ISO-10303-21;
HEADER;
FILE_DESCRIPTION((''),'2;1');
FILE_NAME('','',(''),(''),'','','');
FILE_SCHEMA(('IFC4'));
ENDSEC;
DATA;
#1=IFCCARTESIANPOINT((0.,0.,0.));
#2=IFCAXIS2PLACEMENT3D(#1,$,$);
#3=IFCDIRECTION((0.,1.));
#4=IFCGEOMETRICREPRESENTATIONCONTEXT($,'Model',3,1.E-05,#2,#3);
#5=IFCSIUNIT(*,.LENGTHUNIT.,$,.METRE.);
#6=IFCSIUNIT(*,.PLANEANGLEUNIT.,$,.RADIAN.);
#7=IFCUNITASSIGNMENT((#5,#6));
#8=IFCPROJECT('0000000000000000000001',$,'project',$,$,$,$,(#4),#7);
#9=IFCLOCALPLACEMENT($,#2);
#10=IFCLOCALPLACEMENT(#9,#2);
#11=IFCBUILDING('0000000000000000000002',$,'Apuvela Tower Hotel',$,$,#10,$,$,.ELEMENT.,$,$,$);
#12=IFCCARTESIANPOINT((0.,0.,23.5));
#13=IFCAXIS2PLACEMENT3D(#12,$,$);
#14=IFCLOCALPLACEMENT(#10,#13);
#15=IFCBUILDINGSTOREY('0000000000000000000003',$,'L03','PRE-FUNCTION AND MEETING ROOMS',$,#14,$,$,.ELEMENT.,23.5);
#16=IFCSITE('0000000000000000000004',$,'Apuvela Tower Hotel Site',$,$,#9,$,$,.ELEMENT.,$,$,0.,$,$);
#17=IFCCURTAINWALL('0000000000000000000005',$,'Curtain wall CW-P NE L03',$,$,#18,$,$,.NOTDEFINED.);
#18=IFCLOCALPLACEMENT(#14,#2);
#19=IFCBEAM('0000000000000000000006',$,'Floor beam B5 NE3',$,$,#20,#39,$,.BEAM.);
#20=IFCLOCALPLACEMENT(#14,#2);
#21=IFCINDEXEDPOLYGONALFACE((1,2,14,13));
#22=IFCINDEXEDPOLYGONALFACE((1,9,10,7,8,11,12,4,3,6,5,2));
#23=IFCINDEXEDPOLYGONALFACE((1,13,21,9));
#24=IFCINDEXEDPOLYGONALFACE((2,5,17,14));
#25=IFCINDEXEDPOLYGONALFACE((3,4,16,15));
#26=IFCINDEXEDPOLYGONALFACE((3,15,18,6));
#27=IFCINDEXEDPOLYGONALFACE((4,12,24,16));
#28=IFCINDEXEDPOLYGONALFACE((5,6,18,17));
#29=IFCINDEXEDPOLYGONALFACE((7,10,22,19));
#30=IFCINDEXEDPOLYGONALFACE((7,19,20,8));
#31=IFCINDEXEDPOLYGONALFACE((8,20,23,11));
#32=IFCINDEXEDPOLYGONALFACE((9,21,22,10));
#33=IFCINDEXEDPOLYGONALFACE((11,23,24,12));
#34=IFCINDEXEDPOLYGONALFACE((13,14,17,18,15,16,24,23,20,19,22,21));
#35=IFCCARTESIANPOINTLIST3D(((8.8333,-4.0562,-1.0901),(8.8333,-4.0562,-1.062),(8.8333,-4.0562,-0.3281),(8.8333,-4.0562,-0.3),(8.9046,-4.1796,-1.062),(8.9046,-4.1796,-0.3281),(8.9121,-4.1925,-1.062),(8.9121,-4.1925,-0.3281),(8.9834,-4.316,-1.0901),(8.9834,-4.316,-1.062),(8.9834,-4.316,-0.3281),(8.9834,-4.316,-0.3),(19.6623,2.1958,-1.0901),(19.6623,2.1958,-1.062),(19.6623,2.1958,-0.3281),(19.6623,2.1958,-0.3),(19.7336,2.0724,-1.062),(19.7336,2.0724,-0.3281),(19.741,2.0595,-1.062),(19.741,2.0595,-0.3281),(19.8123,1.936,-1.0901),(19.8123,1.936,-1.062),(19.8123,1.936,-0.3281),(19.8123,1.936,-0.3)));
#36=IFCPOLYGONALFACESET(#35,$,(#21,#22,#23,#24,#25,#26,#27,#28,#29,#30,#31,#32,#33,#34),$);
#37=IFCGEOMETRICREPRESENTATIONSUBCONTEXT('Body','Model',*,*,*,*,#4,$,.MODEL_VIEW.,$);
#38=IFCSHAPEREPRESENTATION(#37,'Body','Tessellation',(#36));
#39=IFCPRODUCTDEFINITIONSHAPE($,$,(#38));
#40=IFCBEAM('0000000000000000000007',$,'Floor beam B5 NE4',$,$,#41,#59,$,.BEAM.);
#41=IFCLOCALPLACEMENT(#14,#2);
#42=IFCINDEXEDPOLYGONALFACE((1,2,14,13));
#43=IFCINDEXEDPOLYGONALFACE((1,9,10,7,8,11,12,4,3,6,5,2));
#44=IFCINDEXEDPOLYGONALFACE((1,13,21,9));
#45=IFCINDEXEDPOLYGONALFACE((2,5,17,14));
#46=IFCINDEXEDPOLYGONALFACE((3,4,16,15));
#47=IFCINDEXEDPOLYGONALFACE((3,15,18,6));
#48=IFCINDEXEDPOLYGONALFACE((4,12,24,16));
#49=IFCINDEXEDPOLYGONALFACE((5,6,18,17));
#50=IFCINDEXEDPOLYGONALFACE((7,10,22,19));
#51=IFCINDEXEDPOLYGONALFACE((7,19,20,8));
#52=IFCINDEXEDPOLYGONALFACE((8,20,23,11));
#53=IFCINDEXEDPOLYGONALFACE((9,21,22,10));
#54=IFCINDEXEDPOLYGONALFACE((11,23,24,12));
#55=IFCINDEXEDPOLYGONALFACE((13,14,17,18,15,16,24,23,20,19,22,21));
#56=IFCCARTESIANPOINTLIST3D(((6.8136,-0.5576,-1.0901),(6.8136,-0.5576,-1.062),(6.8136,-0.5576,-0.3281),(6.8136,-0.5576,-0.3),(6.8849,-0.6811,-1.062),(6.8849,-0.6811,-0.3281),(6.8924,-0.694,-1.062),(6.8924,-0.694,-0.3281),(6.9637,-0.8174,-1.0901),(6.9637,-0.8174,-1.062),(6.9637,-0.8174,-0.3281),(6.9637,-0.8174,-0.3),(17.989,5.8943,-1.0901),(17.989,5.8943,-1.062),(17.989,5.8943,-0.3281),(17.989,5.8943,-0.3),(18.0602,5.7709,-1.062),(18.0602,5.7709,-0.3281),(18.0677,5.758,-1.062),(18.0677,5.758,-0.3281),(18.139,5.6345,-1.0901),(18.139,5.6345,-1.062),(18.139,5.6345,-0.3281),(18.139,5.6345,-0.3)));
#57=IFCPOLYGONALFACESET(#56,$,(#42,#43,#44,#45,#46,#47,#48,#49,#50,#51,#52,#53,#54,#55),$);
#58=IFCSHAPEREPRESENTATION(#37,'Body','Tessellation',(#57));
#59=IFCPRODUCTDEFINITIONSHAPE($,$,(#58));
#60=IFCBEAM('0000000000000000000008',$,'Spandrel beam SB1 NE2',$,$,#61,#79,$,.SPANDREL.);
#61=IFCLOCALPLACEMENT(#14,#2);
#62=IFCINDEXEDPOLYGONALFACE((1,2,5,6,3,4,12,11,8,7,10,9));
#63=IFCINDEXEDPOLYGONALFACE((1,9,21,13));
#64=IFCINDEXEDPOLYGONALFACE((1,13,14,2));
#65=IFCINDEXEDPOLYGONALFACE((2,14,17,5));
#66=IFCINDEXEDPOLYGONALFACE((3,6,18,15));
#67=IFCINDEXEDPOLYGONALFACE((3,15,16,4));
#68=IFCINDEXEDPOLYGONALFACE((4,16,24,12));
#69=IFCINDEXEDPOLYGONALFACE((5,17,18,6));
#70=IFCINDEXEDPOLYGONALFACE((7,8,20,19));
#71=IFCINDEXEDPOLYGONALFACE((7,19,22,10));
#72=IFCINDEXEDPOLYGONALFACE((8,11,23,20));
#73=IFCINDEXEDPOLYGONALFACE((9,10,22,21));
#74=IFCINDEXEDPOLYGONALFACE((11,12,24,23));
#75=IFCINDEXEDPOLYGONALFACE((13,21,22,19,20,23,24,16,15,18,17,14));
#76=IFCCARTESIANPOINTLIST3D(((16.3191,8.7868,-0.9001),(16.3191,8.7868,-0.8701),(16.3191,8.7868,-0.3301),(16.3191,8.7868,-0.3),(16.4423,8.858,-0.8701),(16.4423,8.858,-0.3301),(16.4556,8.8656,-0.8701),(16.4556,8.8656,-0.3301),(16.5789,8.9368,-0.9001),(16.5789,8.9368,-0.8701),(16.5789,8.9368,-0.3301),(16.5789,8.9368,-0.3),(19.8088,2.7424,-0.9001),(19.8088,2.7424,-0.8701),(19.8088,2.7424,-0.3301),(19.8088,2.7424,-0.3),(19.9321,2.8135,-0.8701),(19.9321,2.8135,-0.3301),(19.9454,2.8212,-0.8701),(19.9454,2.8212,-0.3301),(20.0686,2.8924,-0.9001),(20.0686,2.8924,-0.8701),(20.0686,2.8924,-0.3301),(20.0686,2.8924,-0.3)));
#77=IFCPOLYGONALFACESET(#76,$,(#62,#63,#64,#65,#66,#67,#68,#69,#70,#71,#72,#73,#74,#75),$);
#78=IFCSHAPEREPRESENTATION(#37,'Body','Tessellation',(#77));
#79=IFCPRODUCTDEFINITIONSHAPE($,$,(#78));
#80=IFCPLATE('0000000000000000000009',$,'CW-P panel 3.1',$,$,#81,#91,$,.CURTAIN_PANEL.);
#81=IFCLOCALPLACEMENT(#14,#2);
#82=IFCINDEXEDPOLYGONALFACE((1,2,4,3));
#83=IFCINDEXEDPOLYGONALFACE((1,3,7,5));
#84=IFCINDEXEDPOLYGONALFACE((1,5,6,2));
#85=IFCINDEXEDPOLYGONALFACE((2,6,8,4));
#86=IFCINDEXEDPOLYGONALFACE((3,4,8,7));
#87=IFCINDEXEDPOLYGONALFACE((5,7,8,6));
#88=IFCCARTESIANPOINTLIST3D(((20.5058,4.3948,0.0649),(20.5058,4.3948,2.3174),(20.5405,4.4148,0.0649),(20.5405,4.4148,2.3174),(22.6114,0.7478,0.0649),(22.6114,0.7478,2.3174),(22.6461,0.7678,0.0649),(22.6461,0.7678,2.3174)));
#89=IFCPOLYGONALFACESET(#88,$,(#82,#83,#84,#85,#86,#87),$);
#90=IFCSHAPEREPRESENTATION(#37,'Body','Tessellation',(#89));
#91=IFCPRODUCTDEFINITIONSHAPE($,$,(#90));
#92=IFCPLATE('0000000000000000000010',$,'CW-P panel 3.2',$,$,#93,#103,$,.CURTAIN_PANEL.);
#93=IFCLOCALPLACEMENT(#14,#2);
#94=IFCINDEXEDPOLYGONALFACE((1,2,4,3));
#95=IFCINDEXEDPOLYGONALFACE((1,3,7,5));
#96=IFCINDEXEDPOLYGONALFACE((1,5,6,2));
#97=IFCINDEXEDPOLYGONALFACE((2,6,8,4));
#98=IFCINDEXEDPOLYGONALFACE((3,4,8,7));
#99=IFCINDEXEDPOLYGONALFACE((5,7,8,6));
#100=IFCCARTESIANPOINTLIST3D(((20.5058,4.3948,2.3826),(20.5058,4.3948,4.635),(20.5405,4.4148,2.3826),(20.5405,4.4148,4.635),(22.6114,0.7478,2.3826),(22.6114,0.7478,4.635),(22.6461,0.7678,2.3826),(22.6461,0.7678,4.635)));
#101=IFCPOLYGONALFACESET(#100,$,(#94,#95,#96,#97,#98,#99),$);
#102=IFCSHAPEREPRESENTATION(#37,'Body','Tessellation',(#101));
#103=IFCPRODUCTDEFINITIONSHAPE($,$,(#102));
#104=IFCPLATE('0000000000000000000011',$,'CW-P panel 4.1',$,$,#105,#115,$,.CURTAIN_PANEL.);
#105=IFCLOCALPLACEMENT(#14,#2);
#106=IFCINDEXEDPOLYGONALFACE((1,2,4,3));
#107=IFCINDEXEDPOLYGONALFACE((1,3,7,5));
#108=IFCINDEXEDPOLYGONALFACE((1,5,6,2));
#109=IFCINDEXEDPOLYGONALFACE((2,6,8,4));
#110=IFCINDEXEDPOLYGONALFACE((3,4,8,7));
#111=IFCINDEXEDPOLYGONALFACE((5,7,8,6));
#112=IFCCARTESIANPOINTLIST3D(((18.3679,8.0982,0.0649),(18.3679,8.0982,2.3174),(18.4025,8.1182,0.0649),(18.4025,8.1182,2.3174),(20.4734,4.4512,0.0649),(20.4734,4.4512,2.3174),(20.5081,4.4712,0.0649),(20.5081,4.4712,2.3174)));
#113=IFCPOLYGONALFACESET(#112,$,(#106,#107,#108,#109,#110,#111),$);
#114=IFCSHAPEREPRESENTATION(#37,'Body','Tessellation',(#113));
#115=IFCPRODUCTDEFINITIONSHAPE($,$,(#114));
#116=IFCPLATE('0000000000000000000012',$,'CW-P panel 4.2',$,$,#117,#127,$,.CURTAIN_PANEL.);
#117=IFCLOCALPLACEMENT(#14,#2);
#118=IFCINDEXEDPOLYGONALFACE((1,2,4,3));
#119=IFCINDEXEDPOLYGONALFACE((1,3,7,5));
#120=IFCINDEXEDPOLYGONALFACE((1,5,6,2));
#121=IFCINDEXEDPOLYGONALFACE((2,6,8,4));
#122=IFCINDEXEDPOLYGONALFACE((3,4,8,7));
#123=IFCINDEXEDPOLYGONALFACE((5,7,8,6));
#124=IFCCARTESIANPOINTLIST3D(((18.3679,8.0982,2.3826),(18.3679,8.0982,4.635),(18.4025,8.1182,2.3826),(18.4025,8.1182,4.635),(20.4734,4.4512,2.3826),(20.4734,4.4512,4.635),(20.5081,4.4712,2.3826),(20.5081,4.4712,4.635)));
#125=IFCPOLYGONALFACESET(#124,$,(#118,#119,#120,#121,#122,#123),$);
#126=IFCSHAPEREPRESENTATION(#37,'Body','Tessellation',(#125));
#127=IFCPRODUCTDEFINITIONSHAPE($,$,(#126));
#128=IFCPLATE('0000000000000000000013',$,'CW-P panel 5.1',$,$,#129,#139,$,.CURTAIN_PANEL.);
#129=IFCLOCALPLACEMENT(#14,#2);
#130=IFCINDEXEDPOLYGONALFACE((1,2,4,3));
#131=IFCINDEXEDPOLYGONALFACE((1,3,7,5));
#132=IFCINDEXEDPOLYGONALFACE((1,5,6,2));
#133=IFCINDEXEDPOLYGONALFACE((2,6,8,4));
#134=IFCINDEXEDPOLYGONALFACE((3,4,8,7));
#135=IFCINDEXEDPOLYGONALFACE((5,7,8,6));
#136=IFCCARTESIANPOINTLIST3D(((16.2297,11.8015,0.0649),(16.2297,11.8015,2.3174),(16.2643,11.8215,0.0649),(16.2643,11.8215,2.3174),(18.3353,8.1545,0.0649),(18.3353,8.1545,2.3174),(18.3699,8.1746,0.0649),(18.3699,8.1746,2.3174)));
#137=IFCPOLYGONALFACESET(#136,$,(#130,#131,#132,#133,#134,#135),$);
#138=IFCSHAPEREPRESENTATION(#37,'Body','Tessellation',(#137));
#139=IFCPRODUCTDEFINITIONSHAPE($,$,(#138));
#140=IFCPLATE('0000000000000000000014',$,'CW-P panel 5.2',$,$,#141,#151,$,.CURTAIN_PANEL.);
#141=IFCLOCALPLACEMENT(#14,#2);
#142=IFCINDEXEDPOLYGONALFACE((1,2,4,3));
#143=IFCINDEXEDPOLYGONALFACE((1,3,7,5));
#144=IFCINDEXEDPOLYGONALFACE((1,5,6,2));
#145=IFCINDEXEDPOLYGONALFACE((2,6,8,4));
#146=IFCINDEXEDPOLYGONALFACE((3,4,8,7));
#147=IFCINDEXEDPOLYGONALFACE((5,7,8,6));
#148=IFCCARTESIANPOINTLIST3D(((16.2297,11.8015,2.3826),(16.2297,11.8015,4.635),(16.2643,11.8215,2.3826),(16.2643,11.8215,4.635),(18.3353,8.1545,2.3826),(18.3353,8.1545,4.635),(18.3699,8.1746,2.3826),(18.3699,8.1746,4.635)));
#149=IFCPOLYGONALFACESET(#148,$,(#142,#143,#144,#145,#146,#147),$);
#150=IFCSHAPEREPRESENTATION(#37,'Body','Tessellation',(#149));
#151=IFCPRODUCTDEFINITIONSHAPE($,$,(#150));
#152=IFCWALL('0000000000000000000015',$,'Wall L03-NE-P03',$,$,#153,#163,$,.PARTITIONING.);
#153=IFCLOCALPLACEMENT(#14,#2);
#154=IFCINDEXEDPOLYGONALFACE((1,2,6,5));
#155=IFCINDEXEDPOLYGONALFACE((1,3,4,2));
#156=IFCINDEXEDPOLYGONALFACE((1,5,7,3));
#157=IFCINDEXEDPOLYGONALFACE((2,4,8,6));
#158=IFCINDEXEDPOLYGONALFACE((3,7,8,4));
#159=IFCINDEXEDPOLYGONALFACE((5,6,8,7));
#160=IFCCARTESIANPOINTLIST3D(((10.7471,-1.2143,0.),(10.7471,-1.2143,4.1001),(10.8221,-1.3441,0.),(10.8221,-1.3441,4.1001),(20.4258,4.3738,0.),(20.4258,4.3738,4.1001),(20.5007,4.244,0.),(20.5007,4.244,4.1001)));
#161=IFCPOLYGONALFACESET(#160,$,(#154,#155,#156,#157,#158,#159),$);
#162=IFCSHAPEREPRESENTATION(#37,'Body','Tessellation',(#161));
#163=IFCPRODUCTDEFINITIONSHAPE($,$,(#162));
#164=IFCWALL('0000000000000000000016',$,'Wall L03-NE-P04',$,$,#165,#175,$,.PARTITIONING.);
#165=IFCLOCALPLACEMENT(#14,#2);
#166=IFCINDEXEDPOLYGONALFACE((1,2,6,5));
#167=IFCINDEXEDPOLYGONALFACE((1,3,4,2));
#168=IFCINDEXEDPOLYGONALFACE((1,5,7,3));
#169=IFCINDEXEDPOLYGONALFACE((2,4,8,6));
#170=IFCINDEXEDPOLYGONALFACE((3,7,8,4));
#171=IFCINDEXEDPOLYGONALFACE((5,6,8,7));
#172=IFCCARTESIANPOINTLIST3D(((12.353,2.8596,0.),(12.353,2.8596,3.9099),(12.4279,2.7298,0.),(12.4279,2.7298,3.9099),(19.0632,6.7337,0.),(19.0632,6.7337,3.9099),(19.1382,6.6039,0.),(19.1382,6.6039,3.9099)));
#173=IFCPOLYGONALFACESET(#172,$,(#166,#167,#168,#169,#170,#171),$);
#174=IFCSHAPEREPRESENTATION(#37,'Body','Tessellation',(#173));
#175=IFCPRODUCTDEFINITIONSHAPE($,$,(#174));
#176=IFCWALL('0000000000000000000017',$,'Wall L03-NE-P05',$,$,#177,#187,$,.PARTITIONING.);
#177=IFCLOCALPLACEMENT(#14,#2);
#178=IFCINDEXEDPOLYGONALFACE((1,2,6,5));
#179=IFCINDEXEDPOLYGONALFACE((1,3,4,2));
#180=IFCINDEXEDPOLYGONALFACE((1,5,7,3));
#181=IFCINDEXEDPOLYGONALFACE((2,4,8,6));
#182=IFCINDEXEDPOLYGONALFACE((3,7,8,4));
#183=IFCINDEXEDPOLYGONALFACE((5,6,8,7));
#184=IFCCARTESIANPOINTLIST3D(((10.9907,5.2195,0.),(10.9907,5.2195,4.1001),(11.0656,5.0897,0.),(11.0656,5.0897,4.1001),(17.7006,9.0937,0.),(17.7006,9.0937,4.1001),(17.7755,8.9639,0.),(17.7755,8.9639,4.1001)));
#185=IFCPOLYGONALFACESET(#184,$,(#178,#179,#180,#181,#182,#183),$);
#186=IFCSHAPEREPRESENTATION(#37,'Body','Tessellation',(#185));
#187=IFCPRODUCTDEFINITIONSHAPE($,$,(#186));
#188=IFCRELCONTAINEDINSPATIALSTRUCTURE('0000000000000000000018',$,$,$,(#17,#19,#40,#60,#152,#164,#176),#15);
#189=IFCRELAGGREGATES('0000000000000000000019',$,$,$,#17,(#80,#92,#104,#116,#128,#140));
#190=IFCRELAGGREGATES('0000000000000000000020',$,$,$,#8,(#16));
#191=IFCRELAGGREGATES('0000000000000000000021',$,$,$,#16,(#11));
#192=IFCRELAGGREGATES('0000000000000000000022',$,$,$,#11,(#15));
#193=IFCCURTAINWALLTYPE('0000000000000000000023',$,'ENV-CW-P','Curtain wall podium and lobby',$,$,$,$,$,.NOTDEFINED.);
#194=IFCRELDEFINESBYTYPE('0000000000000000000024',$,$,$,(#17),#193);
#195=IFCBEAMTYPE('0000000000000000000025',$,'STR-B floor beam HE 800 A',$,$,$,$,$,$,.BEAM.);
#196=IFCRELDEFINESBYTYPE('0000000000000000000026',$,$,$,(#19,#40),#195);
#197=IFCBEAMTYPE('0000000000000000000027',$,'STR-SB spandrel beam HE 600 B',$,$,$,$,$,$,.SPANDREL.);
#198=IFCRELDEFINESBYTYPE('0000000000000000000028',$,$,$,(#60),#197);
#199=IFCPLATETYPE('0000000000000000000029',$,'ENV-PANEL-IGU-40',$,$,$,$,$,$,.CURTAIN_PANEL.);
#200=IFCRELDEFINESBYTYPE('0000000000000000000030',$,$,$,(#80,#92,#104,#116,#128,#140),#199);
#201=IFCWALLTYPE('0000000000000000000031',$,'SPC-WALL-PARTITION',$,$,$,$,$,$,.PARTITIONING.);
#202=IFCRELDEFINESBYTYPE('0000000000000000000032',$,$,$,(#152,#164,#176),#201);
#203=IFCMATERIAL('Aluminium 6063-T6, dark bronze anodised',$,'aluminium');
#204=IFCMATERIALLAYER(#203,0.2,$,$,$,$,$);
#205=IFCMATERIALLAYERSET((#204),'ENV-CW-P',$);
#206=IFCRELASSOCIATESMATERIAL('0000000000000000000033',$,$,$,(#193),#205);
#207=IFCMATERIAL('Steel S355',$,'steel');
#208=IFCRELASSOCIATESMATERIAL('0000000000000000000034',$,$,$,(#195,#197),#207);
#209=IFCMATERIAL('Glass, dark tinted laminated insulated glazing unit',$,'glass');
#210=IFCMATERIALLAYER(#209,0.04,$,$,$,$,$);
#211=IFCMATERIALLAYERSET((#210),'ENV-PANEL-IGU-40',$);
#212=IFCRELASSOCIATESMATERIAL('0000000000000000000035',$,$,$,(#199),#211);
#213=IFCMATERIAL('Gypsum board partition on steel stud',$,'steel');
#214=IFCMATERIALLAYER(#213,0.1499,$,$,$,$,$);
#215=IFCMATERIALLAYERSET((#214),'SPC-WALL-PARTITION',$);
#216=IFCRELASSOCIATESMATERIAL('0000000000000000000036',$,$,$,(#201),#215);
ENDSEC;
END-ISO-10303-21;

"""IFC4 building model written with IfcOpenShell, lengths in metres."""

from ifc_helpers import new_model, si_unit, direction, frame, frame_2d, origin, origin_2d, place, context, subcontext, project, spatial, rectangle, i_section, extrude, material, layer, layer_set, material_profile, profile_set, type_object, element, aggregate, save


model = new_model("IFC4")

# Units and contexts
model_context = context("Model", 3, precision=1e-05, world=origin(), true_north=direction((0.0, 1.0)))
body_context = subcontext(model_context, "Body", "Model", "MODEL_VIEW")
ifc_project = project(units=[si_unit("LENGTHUNIT", "METRE"), si_unit("PLANEANGLEUNIT", "RADIAN")], contexts=[model_context])

# Site, building, storey
site_placement = place(None, origin())
site = spatial("IfcSite", under=ifc_project, at=site_placement, Name="Apuvela Tower Hotel Site", CompositionType="ELEMENT", RefElevation=0.0)
building_placement = place(site_placement, origin())
building = spatial("IfcBuilding", under=site, at=building_placement, Name="Apuvela Tower Hotel", CompositionType="ELEMENT")
storey_placement = place(building_placement, frame((0.0, 0.0, 23.5)))
storey = spatial("IfcBuildingStorey", under=building, at=storey_placement, Name="L03", Description="PRE-FUNCTION AND MEETING ROOMS", CompositionType="ELEMENT", Elevation=23.5)

# Curtain wall
ifc_material_1 = material(Name="Aluminium 6063-T6, dark bronze anodised", Category="aluminium")
ifc_layer_1 = layer(ifc_material_1, 0.2)
ifc_layer_set_1 = layer_set([ifc_layer_1], Name="ENV-CW-P")
curtain_wall_type = type_object("IfcCurtainWallType", Name="ENV-CW-P", Description="Curtain wall podium and lobby", PredefinedType="NOTDEFINED", material=ifc_layer_set_1)
curtain_wall_placement = place(storey_placement, origin())
curtain_wall = element("IfcCurtainWall", 1, at=curtain_wall_placement, inside=storey, type_object=curtain_wall_type, Name="Curtain wall CW-P NE L03", PredefinedType="NOTDEFINED")

# Beams
ifc_material_2 = material(Name="Steel S355", Category="steel")
ifc_material_profile_1 = material_profile(ifc_material_2, i_section(OverallWidth=0.3, OverallDepth=0.79, WebThickness=0.0149, FlangeThickness=0.0281, at=origin_2d()), Name="HE 800 A")
ifc_profile_set_1 = profile_set([ifc_material_profile_1], Name="Steel S355")
beam_type_1 = type_object("IfcBeamType", Name="STR-B floor beam HE 800 A", PredefinedType="BEAM", material=ifc_profile_set_1)
beam_1_placement = place(storey_placement, frame((19.7373, 2.0659, -0.6951), z_axis=(-0.866029, -0.499995, 0.0), x_axis=(0.499995, -0.866029, 0.0)))
element("IfcBeam", 2, at=beam_1_placement, inside=storey, type_object=beam_type_1, Name="Floor beam B5 NE3", PredefinedType="BEAM", context=body_context, shape_type="SweptSolid", body=[
    extrude(i_section(OverallWidth=0.3, OverallDepth=0.79, WebThickness=0.0149, FlangeThickness=0.0281, at=origin_2d()), origin(), (0.0, 0.0, 1.0), 12.5042),
])
beam_2_placement = place(storey_placement, frame((18.064, 5.7644, -0.6951), z_axis=(-0.866031, -0.499991, 0.0), x_axis=(0.499991, -0.866031, 0.0)))
element("IfcBeam", 3, at=beam_2_placement, inside=storey, type_object=beam_type_1, Name="Floor beam B5 NE4", PredefinedType="BEAM", context=body_context, shape_type="SweptSolid", body=[
    extrude(i_section(OverallWidth=0.3, OverallDepth=0.79, WebThickness=0.0149, FlangeThickness=0.0281, at=origin_2d()), origin(), (0.0, 0.0, 1.0), 12.9041),
])
ifc_material_profile_2 = material_profile(ifc_material_2, i_section(OverallWidth=0.3, OverallDepth=0.6001, WebThickness=0.0154, FlangeThickness=0.03, at=origin_2d()), Name="HE 600 B")
ifc_profile_set_2 = profile_set([ifc_material_profile_2], Name="Steel S355")
beam_type_2 = type_object("IfcBeamType", Name="STR-SB spandrel beam HE 600 B", PredefinedType="SPANDREL", material=ifc_profile_set_2)
beam_3_placement = place(storey_placement, frame((19.9387, 2.8174, -0.6001), z_axis=(-0.499999, 0.866026, 0.0), x_axis=(-0.866026, -0.499999, 0.0)))
element("IfcBeam", 4, at=beam_3_placement, inside=storey, type_object=beam_type_2, Name="Spandrel beam SB1 NE2", PredefinedType="SPANDREL", context=body_context, shape_type="SweptSolid", body=[
    extrude(i_section(OverallWidth=0.3, OverallDepth=0.6001, WebThickness=0.0154, FlangeThickness=0.03, at=origin_2d()), origin(), (0.0, 0.0, 1.0), 6.9795),
])

# Plates
ifc_material_3 = material(Name="Glass, dark tinted laminated insulated glazing unit", Category="glass")
ifc_layer_2 = layer(ifc_material_3, 0.04)
ifc_layer_set_2 = layer_set([ifc_layer_2], Name="ENV-PANEL-IGU-40")
plate_type = type_object("IfcPlateType", Name="ENV-PANEL-IGU-40", PredefinedType="CURTAIN_PANEL", material=ifc_layer_set_2)
plate_1_placement = place(storey_placement, frame((21.5759, 2.5813, 0.0649), z_axis=(0.0, 0.0, 1.0), x_axis=(-0.5, 0.866026, 0.0)))
plate_1 = element("IfcPlate", 5, at=plate_1_placement, type_object=plate_type, Name="CW-P panel 3.1", PredefinedType="CURTAIN_PANEL", context=body_context, shape_type="SweptSolid", body=[
    extrude(rectangle(XDim=4.2112, YDim=0.04, at=origin_2d()), origin(), (0.0, 0.0, 1.0), 2.2524),
])
plate_2_placement = place(storey_placement, frame((21.5759, 2.5813, 2.3826), z_axis=(0.0, 0.0, 1.0), x_axis=(-0.5, 0.866026, 0.0)))
plate_2 = element("IfcPlate", 6, at=plate_2_placement, type_object=plate_type, Name="CW-P panel 3.2", PredefinedType="CURTAIN_PANEL", context=body_context, shape_type="SweptSolid", body=[
    extrude(rectangle(XDim=4.2112, YDim=0.04, at=origin_2d()), origin(), (0.0, 0.0, 1.0), 2.2524),
])
plate_3_placement = place(storey_placement, frame((19.438, 6.2847, 0.0649), z_axis=(0.0, 0.0, 1.0), x_axis=(-0.5, 0.866026, 0.0)))
plate_3 = element("IfcPlate", 7, at=plate_3_placement, type_object=plate_type, Name="CW-P panel 4.1", PredefinedType="CURTAIN_PANEL", context=body_context, shape_type="SweptSolid", body=[
    extrude(rectangle(XDim=4.2112, YDim=0.04, at=origin_2d()), origin(), (0.0, 0.0, 1.0), 2.2524),
])
plate_4_placement = place(storey_placement, frame((19.438, 6.2847, 2.3826), z_axis=(0.0, 0.0, 1.0), x_axis=(-0.5, 0.866026, 0.0)))
plate_4 = element("IfcPlate", 8, at=plate_4_placement, type_object=plate_type, Name="CW-P panel 4.2", PredefinedType="CURTAIN_PANEL", context=body_context, shape_type="SweptSolid", body=[
    extrude(rectangle(XDim=4.2112, YDim=0.04, at=origin_2d()), origin(), (0.0, 0.0, 1.0), 2.2524),
])
plate_5_placement = place(storey_placement, frame((17.2998, 9.988, 0.0649), z_axis=(0.0, 0.0, 1.0), x_axis=(-0.5, 0.866026, 0.0)))
plate_5 = element("IfcPlate", 9, at=plate_5_placement, type_object=plate_type, Name="CW-P panel 5.1", PredefinedType="CURTAIN_PANEL", context=body_context, shape_type="SweptSolid", body=[
    extrude(rectangle(XDim=4.2112, YDim=0.04, at=origin_2d()), origin(), (0.0, 0.0, 1.0), 2.2524),
])
plate_6_placement = place(storey_placement, frame((17.2998, 9.988, 2.3826), z_axis=(0.0, 0.0, 1.0), x_axis=(-0.5, 0.866026, 0.0)))
plate_6 = element("IfcPlate", 10, at=plate_6_placement, type_object=plate_type, Name="CW-P panel 5.2", PredefinedType="CURTAIN_PANEL", context=body_context, shape_type="SweptSolid", body=[
    extrude(rectangle(XDim=4.2112, YDim=0.04, at=origin_2d()), origin(), (0.0, 0.0, 1.0), 2.2524),
])
aggregate(curtain_wall, [plate_1, plate_2, plate_3, plate_4, plate_5, plate_6])

# Walls
ifc_material_4 = material(Name="Gypsum board partition on steel stud", Category="steel")
ifc_layer_3 = layer(ifc_material_4, 0.1499)
ifc_layer_set_3 = layer_set([ifc_layer_3], Name="SPC-WALL-PARTITION")
wall_type = type_object("IfcWallType", Name="SPC-WALL-PARTITION", PredefinedType="PARTITIONING", material=ifc_layer_set_3)
wall_1_placement = place(storey_placement, frame((20.4631, 4.3088, 0.0), z_axis=(0.0, 0.0, 1.0), x_axis=(-0.86602, -0.500009, 0.0)))
element("IfcWall", 11, at=wall_1_placement, inside=storey, type_object=wall_type, Name="Wall L03-NE-P03", PredefinedType="PARTITIONING", context=body_context, shape_type="SweptSolid", body=[
    extrude(rectangle(XDim=11.176, YDim=0.1499, at=frame_2d((5.5879, 0.0))), origin(), (0.0, 0.0, 1.0), 4.1001),
])
wall_2_placement = place(storey_placement, frame((19.1006, 6.6687, 0.0), z_axis=(0.0, 0.0, 1.0), x_axis=(-0.866032, -0.499989, 0.0)))
element("IfcWall", 12, at=wall_2_placement, inside=storey, type_object=wall_type, Name="Wall L03-NE-P04", PredefinedType="PARTITIONING", context=body_context, shape_type="SweptSolid", body=[
    extrude(rectangle(XDim=7.7483, YDim=0.1499, at=frame_2d((3.874, 0.0))), origin(), (0.0, 0.0, 1.0), 3.9099),
])
wall_3_placement = place(storey_placement, frame((17.738, 9.0288, 0.0), z_axis=(0.0, 0.0, 1.0), x_axis=(-0.86601, -0.500026, 0.0)))
element("IfcWall", 13, at=wall_3_placement, inside=storey, type_object=wall_type, Name="Wall L03-NE-P05", PredefinedType="PARTITIONING", context=body_context, shape_type="SweptSolid", body=[
    extrude(rectangle(XDim=7.748, YDim=0.1499, at=frame_2d((3.874, 0.0))), origin(), (0.0, 0.0, 1.0), 4.1001),
])

save(model, "model.ifc")
